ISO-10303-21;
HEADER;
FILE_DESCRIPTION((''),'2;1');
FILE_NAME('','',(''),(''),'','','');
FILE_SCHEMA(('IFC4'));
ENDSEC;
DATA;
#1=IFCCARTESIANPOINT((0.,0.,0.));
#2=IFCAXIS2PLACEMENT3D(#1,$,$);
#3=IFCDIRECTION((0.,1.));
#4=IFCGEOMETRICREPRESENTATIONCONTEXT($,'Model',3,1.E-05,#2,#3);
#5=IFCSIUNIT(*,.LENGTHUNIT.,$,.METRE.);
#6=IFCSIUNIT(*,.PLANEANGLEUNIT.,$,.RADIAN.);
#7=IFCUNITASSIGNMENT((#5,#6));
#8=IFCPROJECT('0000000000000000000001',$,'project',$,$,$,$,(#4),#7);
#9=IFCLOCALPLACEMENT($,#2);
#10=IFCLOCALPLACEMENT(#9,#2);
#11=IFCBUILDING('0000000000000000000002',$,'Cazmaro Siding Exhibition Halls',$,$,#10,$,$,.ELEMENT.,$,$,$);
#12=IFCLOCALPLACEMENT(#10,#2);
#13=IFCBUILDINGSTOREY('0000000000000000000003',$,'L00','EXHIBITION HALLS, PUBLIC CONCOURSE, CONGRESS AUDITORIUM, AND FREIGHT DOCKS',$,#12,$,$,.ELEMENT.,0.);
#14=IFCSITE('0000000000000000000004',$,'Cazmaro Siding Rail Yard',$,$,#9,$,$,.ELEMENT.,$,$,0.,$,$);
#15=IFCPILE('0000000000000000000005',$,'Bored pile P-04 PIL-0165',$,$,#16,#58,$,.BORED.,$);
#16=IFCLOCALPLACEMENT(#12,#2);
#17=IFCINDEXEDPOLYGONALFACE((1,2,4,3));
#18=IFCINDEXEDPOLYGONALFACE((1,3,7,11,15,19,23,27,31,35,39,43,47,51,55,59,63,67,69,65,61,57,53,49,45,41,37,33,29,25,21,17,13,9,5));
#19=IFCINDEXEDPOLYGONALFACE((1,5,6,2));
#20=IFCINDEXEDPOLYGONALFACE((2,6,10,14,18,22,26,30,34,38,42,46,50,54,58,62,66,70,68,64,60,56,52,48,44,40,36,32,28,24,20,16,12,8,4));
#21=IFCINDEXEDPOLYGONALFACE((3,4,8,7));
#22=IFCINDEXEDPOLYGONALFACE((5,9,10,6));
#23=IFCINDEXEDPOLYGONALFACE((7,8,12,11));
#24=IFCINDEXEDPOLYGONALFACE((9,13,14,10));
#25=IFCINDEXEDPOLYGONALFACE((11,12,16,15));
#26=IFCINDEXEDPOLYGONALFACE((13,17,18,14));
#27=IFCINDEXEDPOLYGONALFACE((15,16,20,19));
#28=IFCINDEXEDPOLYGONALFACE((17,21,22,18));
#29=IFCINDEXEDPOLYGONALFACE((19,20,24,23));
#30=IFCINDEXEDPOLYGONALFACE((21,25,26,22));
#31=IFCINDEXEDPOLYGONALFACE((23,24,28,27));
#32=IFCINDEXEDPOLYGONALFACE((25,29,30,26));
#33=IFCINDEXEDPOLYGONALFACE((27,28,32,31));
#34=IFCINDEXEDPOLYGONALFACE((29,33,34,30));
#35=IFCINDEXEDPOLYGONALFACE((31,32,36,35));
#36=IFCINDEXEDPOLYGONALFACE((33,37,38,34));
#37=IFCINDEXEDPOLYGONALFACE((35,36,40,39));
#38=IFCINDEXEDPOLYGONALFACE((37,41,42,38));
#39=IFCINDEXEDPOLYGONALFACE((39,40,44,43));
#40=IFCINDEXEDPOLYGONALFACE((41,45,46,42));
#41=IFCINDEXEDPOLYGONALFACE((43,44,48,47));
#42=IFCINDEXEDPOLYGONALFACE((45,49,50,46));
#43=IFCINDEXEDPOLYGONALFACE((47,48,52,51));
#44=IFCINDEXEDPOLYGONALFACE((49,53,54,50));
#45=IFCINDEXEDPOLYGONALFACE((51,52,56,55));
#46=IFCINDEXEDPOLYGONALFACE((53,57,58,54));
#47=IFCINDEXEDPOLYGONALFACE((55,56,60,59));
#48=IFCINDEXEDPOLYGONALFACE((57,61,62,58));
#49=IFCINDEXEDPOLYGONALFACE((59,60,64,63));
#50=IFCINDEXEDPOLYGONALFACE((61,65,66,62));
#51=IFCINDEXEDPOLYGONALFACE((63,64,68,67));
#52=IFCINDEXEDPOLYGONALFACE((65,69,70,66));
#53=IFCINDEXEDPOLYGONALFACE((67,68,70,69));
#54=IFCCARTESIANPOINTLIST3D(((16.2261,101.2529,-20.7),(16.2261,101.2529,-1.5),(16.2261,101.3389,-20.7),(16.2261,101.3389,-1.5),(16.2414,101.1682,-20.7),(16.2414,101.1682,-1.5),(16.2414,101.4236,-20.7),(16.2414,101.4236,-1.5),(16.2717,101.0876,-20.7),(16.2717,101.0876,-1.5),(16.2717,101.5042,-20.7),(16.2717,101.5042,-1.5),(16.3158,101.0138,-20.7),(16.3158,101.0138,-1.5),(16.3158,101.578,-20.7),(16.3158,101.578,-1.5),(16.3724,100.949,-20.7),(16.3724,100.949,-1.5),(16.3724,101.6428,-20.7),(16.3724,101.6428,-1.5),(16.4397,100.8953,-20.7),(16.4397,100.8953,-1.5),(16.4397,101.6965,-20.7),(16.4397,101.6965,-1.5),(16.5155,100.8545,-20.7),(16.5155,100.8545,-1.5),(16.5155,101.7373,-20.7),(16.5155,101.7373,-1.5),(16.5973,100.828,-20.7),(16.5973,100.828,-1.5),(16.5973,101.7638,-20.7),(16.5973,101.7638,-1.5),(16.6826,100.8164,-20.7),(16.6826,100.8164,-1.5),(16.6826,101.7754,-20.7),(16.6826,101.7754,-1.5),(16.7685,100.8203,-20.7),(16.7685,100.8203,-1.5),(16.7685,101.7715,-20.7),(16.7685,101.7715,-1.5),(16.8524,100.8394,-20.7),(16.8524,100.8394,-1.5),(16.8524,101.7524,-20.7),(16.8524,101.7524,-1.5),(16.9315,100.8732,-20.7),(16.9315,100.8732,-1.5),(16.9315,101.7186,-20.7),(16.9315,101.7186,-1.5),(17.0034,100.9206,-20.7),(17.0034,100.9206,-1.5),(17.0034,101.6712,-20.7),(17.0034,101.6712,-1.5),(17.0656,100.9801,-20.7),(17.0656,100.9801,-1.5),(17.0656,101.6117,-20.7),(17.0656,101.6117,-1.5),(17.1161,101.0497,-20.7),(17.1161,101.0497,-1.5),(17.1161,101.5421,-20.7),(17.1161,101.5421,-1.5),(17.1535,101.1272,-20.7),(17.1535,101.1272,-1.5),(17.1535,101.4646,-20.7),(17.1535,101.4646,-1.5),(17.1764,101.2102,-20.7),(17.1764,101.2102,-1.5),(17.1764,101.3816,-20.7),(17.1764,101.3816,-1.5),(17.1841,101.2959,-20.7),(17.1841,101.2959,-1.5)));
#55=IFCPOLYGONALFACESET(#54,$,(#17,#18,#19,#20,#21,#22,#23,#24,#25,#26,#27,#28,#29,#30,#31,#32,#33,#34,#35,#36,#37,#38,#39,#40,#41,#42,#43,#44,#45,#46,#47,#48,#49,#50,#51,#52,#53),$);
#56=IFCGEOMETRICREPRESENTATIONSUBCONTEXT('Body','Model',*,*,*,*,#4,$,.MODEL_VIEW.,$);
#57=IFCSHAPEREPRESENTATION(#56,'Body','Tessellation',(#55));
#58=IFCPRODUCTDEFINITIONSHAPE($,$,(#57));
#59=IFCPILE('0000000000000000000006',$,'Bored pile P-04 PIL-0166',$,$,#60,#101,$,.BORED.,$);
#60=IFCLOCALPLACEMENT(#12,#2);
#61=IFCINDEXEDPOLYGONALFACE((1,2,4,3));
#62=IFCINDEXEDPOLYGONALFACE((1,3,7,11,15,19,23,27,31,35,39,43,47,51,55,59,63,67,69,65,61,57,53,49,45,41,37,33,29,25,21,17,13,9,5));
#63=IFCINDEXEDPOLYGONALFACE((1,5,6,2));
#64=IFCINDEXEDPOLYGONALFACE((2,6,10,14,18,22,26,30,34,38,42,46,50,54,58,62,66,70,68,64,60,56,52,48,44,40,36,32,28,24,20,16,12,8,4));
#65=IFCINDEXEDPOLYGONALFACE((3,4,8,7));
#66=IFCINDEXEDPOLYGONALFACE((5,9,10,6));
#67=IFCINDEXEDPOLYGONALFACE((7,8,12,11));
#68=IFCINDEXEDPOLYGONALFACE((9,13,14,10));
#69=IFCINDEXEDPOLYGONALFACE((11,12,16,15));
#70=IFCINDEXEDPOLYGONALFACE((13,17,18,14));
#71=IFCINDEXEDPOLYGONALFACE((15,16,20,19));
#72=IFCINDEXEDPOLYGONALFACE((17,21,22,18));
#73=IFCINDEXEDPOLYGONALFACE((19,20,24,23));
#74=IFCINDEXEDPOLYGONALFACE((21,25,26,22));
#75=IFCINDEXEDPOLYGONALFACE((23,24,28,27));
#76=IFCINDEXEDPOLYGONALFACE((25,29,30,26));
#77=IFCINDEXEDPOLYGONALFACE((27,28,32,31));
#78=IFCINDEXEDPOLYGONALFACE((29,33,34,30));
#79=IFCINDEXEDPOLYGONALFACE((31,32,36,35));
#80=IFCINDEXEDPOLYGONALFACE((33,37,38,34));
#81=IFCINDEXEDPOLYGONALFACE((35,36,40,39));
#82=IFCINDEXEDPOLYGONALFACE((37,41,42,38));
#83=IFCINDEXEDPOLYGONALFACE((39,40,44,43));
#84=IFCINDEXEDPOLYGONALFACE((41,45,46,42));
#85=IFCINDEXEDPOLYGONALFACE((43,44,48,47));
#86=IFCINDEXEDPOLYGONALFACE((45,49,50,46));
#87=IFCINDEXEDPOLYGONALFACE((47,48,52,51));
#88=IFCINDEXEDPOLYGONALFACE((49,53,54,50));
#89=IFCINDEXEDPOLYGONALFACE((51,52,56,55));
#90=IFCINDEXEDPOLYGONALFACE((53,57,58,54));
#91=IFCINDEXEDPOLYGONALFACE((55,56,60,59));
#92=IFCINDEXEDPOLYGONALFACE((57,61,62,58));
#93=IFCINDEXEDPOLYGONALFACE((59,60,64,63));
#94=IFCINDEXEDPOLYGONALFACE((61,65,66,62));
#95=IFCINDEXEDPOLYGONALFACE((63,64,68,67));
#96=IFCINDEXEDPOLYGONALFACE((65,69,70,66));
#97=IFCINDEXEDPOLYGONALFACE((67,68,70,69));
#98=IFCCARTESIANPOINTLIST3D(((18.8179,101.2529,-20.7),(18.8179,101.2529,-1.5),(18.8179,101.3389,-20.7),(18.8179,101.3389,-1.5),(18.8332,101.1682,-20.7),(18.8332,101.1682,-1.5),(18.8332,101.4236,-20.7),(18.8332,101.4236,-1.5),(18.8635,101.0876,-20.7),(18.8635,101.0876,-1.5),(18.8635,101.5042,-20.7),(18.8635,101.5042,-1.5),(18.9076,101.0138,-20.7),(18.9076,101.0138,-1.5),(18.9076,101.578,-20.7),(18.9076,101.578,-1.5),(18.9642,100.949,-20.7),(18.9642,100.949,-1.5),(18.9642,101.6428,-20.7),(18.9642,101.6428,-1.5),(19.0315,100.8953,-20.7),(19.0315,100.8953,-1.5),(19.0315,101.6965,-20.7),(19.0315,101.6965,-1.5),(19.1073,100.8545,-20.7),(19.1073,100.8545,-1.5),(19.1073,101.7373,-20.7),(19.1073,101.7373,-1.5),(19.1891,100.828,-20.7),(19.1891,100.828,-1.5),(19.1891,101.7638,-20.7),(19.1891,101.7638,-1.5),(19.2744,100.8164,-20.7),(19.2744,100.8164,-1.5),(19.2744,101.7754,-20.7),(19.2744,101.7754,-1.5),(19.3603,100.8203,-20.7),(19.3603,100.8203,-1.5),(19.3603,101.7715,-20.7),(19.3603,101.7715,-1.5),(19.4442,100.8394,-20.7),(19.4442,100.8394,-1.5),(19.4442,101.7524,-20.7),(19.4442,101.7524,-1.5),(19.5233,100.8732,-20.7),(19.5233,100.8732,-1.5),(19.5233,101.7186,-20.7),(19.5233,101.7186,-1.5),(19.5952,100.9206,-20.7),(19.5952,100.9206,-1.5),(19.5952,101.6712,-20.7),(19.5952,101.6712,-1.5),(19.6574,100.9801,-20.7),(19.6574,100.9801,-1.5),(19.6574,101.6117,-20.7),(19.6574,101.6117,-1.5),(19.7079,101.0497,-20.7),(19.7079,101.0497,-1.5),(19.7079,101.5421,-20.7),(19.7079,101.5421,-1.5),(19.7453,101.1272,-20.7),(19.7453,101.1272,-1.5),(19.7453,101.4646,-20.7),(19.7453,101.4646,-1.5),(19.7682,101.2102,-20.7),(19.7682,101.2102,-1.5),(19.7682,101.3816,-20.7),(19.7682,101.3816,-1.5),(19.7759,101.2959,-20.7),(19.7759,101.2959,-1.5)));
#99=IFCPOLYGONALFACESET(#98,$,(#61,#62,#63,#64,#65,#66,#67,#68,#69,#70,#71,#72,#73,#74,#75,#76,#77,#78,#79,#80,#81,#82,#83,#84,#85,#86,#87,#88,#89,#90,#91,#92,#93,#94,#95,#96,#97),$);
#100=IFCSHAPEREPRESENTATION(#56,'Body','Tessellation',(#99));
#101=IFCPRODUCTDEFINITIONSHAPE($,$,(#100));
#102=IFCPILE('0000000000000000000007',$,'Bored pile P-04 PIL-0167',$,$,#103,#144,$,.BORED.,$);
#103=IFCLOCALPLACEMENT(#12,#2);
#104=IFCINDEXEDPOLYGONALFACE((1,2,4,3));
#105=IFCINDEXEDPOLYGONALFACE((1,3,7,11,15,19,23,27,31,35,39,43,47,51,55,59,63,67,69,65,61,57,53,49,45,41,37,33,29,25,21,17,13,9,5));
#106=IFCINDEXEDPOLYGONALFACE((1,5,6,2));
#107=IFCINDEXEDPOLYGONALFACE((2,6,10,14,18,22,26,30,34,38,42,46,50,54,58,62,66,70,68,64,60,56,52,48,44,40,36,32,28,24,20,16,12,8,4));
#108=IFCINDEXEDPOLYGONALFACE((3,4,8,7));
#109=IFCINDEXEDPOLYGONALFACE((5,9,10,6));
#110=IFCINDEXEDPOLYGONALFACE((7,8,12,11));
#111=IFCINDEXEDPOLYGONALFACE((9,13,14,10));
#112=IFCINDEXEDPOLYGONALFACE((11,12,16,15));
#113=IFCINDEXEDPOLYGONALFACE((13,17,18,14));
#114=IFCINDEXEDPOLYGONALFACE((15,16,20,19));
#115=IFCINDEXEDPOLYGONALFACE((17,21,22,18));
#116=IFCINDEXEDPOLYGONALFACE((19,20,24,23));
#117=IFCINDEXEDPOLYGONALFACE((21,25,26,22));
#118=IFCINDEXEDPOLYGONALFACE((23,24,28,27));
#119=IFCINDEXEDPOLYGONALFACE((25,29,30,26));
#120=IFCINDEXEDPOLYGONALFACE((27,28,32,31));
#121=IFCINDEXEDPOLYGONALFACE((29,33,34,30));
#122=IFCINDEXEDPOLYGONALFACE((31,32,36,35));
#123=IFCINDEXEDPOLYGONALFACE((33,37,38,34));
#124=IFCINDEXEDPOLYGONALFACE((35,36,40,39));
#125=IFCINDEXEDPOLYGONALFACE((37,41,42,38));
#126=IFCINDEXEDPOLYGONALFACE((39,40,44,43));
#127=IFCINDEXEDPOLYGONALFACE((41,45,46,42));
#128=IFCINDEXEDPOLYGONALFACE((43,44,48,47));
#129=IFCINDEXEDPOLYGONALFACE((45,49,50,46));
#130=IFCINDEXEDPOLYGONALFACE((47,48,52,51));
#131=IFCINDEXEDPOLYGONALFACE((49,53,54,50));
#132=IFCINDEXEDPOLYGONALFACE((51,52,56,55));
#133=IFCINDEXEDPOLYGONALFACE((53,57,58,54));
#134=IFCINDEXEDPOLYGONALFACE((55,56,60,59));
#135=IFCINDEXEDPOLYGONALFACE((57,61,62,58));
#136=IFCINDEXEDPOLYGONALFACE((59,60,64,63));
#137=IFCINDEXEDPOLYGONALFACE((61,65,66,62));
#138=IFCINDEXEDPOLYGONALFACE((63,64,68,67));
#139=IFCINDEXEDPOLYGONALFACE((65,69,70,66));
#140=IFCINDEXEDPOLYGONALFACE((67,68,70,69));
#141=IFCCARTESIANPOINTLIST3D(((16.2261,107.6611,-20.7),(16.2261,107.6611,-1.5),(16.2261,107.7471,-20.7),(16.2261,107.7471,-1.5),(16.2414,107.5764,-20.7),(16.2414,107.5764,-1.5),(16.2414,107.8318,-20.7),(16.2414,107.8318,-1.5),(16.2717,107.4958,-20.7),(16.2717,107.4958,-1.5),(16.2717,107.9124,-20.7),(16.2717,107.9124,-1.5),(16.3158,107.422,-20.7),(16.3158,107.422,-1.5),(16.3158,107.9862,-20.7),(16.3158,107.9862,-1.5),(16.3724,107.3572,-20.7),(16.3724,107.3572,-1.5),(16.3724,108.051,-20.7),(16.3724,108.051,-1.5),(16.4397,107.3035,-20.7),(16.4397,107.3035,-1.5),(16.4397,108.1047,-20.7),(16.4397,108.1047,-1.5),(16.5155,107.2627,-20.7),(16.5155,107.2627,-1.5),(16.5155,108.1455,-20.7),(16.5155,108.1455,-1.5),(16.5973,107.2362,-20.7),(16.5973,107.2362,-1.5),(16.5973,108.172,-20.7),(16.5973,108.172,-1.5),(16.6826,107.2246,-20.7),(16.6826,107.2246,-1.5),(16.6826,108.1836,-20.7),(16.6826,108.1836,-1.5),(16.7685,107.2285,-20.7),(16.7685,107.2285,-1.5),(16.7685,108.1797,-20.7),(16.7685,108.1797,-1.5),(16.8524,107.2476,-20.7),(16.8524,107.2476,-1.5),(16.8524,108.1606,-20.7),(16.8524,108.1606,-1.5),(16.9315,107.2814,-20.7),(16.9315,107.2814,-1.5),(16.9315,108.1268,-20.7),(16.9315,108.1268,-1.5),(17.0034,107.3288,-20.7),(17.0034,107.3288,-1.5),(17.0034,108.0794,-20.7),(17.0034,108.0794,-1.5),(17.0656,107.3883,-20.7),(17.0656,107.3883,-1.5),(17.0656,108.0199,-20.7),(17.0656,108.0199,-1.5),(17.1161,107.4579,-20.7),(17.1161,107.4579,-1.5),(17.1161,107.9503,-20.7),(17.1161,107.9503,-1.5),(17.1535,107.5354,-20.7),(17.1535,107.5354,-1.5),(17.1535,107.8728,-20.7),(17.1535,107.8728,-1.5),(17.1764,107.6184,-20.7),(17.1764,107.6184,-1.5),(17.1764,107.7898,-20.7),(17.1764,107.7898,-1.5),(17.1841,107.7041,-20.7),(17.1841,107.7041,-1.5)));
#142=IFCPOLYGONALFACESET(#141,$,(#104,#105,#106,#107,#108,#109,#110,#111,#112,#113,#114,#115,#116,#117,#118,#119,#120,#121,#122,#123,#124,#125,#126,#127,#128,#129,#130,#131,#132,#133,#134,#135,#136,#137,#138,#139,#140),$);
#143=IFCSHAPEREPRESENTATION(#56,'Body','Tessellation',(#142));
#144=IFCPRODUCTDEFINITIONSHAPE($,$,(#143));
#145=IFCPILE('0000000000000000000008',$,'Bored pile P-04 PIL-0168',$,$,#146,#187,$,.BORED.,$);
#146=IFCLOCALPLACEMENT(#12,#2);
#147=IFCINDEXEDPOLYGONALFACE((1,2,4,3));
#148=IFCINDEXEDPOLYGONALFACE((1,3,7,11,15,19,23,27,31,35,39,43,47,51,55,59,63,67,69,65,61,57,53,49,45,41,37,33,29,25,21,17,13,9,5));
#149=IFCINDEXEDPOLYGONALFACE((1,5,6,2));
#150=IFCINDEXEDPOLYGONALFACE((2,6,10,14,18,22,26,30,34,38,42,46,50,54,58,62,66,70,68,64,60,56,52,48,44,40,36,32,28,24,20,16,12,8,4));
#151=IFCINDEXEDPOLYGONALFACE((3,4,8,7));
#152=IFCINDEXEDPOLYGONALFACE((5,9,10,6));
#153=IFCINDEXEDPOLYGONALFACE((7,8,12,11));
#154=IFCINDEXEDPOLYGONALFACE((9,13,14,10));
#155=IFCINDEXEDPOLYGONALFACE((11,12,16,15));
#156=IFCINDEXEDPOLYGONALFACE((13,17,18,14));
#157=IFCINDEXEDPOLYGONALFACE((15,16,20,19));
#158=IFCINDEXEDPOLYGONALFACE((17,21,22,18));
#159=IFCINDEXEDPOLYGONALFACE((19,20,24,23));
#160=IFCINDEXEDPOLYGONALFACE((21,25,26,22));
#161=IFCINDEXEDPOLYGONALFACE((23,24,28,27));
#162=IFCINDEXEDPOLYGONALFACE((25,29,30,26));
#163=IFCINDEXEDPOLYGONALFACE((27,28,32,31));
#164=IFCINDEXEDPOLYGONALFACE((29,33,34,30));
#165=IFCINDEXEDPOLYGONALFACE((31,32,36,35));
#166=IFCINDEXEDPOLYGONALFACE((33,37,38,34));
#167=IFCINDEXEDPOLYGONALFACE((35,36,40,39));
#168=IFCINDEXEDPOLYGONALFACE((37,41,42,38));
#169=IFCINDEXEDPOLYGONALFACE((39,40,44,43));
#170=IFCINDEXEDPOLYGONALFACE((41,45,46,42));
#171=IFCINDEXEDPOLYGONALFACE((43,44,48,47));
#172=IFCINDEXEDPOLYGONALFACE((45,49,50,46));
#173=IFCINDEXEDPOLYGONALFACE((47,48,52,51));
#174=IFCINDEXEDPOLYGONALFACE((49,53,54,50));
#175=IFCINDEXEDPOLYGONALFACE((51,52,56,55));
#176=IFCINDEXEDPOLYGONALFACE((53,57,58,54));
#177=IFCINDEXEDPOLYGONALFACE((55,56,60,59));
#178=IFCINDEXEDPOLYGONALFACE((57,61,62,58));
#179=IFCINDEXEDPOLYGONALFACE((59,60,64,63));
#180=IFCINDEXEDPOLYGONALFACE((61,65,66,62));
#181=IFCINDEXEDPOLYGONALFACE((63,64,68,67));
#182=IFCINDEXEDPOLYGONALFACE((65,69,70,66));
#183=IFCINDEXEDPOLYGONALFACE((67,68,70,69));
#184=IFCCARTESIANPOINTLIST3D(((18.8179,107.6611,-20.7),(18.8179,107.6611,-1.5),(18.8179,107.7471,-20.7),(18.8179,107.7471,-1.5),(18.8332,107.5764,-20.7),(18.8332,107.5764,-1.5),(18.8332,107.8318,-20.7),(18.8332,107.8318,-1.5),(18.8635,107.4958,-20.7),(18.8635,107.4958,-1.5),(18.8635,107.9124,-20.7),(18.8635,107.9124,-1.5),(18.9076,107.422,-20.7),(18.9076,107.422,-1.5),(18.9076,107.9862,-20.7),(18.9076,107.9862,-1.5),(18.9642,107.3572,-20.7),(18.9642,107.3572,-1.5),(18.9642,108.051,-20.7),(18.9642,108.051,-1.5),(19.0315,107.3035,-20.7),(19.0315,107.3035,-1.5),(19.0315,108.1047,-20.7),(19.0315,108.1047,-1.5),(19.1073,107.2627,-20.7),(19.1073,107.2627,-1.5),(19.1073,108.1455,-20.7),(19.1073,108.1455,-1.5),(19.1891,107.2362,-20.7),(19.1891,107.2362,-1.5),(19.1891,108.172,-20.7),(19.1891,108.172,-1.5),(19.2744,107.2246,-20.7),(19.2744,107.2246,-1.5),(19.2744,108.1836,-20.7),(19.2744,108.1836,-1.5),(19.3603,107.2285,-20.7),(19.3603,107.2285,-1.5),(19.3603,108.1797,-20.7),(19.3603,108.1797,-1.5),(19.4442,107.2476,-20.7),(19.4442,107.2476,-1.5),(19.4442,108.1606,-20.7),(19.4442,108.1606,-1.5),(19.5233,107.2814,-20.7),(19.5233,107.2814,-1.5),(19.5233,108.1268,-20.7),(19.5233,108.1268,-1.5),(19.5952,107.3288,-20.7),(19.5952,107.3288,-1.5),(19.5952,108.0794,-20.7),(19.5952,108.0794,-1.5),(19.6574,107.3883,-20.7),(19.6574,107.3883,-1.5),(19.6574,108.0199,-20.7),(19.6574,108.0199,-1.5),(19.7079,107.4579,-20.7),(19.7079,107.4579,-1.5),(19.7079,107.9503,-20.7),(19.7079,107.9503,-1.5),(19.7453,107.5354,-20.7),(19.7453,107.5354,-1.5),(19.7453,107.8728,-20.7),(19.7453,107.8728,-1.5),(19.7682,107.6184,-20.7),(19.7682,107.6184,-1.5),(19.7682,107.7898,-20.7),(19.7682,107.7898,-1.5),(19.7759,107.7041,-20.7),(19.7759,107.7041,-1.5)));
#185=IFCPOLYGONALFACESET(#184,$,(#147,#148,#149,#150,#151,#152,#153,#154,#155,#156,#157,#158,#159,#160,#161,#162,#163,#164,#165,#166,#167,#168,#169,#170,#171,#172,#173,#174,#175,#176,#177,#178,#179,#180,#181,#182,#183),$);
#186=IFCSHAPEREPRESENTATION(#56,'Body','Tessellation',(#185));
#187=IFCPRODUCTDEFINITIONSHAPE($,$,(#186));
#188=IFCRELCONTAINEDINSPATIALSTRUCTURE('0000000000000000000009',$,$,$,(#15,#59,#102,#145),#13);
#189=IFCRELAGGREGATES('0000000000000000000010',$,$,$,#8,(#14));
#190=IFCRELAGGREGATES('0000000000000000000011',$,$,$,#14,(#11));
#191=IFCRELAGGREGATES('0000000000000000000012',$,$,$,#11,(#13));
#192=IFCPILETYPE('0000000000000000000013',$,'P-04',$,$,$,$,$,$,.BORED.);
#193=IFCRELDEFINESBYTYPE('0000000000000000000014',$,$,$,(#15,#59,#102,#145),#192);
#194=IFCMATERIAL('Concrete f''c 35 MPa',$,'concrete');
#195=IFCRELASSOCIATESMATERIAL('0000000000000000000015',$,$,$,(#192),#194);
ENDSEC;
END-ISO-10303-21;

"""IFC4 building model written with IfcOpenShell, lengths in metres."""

from ifc_helpers import new_model, si_unit, direction, frame, origin, origin_2d, place, context, subcontext, project, spatial, circle, extrude, material, material_profile, profile_set, type_object, element, save


model = new_model("IFC4")

# Units and contexts
model_context = context("Model", 3, precision=1e-05, world=origin(), true_north=direction((0.0, 1.0)))
body_context = subcontext(model_context, "Body", "Model", "MODEL_VIEW")
ifc_project = project(units=[si_unit("LENGTHUNIT", "METRE"), si_unit("PLANEANGLEUNIT", "RADIAN")], contexts=[model_context])

# Site, building, storey
site_placement = place(None, origin())
site = spatial("IfcSite", under=ifc_project, at=site_placement, Name="Cazmaro Siding Rail Yard", CompositionType="ELEMENT", RefElevation=0.0)
building_placement = place(site_placement, origin())
building = spatial("IfcBuilding", under=site, at=building_placement, Name="Cazmaro Siding Exhibition Halls", CompositionType="ELEMENT")
storey_placement = place(building_placement, origin())
storey = spatial("IfcBuildingStorey", under=building, at=storey_placement, Name="L00", Description="EXHIBITION HALLS, PUBLIC CONCOURSE, CONGRESS AUDITORIUM, AND FREIGHT DOCKS", CompositionType="ELEMENT", Elevation=0.0)

# Piles
ifc_material_1 = material(Name="Concrete f'c 35 MPa", Category="concrete")
ifc_material_profile_1 = material_profile(ifc_material_1, circle(Radius=0.48, at=origin_2d()), Name="CIDH-960")
ifc_profile_set_1 = profile_set([ifc_material_profile_1], Name="Concrete f'c 35 MPa")
pile_type = type_object("IfcPileType", Name="P-04", PredefinedType="BORED", material=ifc_profile_set_1)
for number, where, z_axis, x_axis, name in (
    (1, (16.7041, 101.2959, -1.5), (0.0, 0.0, -1.0), (1.0, 0.0, 0.0), "Bored pile P-04 PIL-0165"),
    (2, (19.2959, 101.2959, -1.5), (0.0, 0.0, -1.0), (1.0, 0.0, 0.0), "Bored pile P-04 PIL-0166"),
    (3, (16.7041, 107.7041, -1.5), (0.0, 0.0, -1.0), (1.0, 0.0, 0.0), "Bored pile P-04 PIL-0167"),
    (4, (19.2959, 107.7041, -1.5), (0.0, 0.0, -1.0), (1.0, 0.0, 0.0), "Bored pile P-04 PIL-0168"),
):
    element("IfcPile", number, at=place(storey_placement, frame(where, z_axis=z_axis, x_axis=x_axis)), inside=storey, type_object=pile_type, Name=name, PredefinedType="BORED", context=body_context, shape_type="SweptSolid", body=[
        extrude(circle(Radius=0.48, at=origin_2d()), origin(), (0.0, 0.0, 1.0), 19.2),
    ])

save(model, "model.ifc")
